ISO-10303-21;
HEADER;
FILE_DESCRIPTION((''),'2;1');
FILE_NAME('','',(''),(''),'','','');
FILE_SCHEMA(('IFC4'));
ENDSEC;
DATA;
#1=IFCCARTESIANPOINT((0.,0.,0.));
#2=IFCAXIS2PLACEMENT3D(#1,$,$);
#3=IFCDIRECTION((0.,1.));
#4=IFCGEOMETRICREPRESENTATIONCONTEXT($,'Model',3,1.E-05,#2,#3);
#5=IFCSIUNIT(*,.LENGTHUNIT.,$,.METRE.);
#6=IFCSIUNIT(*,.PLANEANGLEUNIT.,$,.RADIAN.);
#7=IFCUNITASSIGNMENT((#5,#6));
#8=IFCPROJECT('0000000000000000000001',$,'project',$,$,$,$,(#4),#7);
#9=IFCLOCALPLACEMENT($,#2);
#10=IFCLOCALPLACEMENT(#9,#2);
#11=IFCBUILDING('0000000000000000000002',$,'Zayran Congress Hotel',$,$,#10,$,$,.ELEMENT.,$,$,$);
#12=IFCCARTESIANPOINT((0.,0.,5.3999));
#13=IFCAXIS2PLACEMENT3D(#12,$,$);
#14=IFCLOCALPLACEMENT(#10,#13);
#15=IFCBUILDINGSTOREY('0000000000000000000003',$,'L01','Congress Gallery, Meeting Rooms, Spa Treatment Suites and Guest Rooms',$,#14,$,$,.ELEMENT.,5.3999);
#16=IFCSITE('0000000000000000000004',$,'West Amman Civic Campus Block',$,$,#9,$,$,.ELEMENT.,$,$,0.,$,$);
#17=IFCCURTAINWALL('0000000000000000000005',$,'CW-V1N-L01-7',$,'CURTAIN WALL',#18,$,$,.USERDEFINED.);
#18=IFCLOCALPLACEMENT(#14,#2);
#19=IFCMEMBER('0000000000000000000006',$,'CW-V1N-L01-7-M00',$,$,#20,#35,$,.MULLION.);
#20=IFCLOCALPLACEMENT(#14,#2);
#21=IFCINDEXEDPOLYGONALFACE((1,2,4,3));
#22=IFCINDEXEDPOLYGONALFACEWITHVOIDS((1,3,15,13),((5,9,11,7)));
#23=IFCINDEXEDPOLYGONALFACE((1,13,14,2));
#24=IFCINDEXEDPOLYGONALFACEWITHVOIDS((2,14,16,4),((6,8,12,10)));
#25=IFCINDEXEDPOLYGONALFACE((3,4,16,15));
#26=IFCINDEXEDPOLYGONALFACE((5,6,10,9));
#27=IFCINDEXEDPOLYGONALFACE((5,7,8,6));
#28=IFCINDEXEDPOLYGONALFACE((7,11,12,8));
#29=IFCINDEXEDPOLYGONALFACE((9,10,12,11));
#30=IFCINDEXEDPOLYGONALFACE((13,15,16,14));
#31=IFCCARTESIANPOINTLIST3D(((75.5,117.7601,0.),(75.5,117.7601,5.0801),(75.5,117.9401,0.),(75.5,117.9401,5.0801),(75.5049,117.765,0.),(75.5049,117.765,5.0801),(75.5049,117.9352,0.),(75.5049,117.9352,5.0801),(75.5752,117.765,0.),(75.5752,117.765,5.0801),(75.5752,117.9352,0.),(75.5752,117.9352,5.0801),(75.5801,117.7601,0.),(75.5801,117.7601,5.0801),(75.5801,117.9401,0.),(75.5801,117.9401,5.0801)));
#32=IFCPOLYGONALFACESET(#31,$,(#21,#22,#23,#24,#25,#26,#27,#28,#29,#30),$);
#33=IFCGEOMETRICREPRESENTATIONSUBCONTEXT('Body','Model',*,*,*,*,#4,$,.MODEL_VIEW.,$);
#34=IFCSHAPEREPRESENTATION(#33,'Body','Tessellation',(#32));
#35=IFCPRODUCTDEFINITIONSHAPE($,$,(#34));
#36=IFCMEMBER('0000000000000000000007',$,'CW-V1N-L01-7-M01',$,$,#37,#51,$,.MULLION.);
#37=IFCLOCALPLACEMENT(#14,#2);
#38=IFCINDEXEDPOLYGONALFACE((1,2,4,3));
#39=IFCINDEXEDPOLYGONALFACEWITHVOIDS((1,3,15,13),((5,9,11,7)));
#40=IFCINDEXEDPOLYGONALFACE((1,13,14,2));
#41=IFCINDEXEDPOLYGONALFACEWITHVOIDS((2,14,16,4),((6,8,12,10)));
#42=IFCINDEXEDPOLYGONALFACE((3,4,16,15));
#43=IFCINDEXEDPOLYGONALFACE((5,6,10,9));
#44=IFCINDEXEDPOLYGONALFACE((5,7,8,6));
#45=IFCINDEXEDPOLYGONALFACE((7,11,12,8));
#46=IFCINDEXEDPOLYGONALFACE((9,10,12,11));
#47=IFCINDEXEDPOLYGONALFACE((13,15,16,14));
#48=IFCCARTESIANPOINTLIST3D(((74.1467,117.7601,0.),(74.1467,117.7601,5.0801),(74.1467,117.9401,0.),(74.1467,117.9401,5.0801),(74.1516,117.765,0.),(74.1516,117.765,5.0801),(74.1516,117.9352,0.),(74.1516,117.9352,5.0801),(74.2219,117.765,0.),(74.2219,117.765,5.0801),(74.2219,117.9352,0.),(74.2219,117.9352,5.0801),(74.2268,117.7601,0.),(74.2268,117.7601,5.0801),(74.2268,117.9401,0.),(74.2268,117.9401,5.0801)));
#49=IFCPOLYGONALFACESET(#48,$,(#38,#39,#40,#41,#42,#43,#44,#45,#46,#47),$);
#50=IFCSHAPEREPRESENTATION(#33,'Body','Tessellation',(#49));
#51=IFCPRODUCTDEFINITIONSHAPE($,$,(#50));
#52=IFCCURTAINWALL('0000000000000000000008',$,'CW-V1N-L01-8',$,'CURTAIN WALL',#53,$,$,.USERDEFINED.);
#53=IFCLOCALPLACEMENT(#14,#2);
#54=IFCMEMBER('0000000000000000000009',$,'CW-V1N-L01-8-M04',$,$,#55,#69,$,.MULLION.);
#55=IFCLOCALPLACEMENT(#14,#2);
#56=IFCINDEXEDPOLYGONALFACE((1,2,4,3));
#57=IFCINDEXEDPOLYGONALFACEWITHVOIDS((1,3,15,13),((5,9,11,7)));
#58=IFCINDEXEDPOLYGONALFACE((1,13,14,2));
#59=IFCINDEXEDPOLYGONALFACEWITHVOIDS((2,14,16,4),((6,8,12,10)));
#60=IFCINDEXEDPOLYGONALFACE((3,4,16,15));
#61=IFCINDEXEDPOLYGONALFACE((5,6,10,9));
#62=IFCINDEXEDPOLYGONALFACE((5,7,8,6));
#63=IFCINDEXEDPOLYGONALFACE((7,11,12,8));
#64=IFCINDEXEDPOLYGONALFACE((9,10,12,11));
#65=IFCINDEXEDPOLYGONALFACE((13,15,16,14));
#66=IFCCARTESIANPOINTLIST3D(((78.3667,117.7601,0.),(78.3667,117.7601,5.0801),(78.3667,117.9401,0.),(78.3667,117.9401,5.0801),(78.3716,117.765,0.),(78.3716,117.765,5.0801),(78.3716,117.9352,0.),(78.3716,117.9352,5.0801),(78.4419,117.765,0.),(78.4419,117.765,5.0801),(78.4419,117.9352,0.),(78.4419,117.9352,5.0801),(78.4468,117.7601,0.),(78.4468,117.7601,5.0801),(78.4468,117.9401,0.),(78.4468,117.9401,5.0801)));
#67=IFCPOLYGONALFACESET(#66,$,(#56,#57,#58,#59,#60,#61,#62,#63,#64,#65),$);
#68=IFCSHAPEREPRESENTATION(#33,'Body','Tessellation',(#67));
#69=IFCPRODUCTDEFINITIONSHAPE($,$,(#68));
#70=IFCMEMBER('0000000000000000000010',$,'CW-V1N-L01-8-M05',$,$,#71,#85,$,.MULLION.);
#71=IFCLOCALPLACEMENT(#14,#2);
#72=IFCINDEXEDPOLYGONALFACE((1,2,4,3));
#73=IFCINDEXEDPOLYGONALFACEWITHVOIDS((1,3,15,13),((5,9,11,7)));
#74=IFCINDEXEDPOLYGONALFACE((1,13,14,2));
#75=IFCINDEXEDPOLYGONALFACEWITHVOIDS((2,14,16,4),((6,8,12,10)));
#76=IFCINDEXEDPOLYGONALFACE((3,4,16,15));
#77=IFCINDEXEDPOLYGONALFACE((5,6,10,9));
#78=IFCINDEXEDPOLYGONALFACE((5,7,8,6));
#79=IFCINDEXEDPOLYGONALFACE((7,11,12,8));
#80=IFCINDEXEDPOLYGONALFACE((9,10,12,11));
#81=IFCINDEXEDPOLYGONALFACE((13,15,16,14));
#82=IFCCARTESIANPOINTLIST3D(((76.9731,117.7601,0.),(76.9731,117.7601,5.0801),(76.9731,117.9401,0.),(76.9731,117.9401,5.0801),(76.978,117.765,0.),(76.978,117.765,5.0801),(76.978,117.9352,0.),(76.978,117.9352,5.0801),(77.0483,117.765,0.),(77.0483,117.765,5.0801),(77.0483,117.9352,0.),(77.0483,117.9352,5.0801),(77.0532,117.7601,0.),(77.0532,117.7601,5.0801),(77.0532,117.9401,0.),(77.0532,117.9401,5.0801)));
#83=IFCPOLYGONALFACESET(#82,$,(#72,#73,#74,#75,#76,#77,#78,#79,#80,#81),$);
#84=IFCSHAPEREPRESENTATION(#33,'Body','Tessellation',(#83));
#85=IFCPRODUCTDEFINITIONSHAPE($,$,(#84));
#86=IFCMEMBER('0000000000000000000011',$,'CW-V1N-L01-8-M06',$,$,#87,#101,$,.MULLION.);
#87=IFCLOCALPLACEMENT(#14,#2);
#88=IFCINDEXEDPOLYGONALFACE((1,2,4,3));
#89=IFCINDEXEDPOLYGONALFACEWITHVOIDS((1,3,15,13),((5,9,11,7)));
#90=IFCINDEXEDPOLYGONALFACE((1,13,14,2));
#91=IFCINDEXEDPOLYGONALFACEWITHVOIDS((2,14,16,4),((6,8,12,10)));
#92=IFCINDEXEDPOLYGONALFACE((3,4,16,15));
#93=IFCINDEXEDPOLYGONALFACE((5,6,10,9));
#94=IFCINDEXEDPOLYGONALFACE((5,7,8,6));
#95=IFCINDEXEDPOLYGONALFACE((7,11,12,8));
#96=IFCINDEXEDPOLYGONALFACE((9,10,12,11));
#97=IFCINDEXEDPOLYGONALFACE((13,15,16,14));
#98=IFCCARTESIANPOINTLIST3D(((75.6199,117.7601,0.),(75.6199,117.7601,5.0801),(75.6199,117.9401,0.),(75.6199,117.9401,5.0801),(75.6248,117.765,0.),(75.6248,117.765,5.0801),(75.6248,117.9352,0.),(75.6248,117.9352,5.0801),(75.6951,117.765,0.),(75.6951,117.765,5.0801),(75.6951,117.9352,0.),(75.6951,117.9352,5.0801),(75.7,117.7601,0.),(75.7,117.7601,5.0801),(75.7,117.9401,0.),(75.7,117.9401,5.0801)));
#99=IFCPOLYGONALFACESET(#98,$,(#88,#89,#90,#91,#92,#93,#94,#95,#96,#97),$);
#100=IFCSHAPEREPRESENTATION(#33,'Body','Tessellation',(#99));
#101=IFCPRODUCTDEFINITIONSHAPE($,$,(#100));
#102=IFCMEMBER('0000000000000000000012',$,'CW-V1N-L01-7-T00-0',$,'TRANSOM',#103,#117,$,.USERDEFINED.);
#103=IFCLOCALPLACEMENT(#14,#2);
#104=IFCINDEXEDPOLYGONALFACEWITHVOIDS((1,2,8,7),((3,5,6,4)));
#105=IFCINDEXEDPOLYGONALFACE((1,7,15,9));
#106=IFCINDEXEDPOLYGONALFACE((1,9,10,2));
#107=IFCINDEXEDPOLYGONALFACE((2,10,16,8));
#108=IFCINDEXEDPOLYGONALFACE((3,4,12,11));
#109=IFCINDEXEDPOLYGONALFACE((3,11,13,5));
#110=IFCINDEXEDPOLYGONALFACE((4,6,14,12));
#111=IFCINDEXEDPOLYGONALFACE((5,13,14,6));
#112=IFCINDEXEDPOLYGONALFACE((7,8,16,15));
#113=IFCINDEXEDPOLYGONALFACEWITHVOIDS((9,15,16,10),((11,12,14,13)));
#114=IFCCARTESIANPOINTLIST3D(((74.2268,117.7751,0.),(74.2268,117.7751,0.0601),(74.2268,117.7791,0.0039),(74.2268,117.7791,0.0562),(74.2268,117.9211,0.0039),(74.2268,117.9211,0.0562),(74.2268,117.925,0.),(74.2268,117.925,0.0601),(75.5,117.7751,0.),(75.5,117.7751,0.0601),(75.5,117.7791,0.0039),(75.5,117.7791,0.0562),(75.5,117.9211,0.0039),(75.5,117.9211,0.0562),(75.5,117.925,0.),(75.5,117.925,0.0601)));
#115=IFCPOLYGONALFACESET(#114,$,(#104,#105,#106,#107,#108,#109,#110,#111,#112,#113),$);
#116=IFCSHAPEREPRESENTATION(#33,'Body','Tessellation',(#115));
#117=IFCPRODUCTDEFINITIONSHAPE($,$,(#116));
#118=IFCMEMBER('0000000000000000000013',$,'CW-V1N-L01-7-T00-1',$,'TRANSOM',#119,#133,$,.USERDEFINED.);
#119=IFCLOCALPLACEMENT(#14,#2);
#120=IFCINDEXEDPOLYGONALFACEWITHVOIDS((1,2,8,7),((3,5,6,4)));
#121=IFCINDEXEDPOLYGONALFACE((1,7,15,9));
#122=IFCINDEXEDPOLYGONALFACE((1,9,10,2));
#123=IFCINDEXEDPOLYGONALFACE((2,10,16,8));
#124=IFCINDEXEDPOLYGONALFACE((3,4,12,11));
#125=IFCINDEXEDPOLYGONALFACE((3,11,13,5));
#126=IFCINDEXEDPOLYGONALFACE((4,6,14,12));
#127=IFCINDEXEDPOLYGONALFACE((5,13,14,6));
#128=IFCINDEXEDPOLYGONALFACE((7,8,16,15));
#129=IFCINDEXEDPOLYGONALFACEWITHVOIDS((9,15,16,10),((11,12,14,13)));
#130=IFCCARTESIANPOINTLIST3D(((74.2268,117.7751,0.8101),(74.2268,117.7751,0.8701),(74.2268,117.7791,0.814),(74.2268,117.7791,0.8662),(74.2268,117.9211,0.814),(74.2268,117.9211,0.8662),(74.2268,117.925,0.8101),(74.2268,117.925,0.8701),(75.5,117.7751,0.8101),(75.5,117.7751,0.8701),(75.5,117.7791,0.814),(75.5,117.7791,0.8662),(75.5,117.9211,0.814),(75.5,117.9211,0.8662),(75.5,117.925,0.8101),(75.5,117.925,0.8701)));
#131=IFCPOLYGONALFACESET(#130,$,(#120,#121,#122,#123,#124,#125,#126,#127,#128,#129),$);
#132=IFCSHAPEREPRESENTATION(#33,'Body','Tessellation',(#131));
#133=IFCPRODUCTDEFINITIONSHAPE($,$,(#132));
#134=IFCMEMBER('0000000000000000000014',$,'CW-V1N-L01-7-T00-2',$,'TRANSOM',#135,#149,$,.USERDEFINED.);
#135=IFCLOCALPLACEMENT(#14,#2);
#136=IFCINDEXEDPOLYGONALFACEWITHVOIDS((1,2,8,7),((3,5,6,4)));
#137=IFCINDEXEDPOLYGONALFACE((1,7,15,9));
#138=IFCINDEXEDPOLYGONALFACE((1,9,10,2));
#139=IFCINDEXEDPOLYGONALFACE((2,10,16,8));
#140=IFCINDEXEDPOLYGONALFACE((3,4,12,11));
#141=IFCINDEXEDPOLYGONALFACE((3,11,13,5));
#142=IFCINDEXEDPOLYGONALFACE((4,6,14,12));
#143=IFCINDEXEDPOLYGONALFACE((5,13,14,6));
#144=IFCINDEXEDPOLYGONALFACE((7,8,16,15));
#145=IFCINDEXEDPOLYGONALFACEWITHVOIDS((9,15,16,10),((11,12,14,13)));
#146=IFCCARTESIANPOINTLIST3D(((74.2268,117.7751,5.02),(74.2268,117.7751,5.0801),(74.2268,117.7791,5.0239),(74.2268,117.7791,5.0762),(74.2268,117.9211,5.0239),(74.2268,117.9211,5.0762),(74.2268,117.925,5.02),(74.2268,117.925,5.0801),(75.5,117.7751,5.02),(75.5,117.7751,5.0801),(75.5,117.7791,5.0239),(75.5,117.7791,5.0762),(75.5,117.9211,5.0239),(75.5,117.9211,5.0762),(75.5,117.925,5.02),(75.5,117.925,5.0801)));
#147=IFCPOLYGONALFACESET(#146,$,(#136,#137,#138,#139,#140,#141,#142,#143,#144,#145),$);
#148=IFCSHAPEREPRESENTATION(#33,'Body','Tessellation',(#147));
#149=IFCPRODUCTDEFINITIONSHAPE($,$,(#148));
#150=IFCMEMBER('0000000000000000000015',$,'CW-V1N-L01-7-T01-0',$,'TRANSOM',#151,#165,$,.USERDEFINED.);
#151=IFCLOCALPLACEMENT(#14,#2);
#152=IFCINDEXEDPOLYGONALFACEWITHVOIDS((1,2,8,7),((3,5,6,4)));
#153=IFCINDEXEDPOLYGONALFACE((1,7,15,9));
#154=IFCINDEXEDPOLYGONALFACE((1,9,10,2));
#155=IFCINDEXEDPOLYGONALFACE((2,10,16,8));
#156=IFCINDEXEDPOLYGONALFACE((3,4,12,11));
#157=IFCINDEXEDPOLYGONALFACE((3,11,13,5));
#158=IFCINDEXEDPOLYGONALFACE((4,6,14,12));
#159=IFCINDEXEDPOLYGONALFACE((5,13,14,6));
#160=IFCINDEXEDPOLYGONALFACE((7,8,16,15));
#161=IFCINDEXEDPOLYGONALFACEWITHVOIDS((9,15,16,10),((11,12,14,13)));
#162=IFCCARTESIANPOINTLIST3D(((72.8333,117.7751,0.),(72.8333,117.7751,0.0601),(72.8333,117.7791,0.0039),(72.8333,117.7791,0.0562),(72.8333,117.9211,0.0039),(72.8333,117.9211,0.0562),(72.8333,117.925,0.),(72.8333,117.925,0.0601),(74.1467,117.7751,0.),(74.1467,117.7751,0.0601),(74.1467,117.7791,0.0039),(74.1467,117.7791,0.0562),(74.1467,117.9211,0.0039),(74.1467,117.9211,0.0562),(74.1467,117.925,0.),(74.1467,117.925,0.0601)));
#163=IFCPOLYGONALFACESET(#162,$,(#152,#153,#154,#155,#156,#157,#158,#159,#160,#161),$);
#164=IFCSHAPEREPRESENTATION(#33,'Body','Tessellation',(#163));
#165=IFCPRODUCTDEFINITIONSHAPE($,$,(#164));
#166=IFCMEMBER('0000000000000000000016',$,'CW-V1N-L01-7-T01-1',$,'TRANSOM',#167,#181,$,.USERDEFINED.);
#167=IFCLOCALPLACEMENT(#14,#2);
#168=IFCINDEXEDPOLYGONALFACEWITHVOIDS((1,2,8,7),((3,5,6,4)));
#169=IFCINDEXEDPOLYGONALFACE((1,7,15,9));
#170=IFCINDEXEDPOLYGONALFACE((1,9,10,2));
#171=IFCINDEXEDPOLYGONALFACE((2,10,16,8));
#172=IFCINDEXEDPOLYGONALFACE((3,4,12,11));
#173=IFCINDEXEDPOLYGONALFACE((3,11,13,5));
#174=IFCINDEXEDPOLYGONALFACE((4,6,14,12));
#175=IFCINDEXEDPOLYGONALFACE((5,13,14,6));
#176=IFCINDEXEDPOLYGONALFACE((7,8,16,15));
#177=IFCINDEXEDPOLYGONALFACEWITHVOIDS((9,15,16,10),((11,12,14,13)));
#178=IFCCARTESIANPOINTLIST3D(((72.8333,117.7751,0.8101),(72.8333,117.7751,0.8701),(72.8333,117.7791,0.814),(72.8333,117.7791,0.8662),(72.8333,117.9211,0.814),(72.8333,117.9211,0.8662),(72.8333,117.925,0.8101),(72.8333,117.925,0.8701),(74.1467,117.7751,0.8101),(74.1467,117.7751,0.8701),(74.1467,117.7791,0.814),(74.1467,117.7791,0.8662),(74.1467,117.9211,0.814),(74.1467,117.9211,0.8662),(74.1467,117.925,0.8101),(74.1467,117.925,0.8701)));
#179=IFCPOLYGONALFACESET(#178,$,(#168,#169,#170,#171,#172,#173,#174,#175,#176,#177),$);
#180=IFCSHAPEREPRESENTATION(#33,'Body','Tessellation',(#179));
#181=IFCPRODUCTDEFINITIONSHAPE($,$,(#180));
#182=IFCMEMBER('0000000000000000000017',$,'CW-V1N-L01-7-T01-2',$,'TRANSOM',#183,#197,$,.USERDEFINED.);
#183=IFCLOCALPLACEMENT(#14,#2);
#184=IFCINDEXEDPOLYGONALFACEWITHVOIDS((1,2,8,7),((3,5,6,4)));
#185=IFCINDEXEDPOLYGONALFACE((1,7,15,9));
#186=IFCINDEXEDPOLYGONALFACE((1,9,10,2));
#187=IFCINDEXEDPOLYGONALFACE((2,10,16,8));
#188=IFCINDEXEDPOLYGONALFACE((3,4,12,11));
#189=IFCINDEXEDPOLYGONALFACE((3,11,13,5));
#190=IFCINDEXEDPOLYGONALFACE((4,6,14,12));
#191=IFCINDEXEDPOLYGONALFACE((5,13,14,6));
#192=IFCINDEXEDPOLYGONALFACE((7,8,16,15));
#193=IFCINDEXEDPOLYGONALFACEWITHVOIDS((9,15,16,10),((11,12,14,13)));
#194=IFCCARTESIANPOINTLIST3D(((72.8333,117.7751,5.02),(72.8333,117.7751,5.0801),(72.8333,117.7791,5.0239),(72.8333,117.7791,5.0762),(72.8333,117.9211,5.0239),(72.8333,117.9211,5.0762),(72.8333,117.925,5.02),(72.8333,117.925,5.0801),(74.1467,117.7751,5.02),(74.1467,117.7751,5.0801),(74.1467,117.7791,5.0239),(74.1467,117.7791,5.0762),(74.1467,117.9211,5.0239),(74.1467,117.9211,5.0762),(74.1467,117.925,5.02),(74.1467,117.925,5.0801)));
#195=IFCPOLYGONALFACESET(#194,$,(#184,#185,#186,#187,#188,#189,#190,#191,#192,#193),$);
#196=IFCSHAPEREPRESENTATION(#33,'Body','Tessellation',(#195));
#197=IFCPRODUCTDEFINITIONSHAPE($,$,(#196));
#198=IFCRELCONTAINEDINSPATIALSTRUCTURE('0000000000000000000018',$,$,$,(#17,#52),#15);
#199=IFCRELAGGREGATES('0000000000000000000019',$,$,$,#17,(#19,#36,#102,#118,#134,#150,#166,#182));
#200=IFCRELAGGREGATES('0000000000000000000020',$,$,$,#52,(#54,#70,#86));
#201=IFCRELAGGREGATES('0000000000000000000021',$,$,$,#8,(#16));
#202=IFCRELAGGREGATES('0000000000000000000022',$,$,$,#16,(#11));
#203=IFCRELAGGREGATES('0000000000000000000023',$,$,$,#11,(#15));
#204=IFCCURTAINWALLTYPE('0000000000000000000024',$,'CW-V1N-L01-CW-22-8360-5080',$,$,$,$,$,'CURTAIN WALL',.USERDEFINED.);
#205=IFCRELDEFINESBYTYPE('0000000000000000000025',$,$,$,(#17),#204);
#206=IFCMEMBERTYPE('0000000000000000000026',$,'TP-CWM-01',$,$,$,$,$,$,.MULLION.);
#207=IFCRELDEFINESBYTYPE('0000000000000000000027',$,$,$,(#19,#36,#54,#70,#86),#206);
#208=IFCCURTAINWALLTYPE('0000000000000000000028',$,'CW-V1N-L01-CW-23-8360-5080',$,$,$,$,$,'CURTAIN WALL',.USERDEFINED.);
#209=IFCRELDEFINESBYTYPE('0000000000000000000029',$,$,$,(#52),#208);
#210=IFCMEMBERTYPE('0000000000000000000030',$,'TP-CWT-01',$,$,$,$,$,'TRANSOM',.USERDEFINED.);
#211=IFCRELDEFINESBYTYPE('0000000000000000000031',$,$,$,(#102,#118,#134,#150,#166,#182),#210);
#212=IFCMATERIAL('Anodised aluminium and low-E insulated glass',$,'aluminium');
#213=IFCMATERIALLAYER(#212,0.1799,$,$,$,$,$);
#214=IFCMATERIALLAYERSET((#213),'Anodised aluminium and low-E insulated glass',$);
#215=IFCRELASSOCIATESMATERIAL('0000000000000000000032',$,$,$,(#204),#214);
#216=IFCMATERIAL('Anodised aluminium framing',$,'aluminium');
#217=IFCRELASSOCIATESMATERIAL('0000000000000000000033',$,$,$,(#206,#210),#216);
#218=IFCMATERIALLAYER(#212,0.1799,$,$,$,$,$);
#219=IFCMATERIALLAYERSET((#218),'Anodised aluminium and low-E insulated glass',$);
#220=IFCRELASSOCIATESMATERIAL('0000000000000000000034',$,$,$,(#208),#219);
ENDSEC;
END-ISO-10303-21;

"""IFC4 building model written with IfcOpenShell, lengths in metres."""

from ifc_helpers import new_model, si_unit, direction, frame, origin, origin_2d, place, context, subcontext, project, spatial, hollow_rectangle, extrude, material, layer, layer_set, material_profile, profile_set, type_object, element, aggregate, save


model = new_model("IFC4")

# Units and contexts
model_context = context("Model", 3, precision=1e-05, world=origin(), true_north=direction((0.0, 1.0)))
body_context = subcontext(model_context, "Body", "Model", "MODEL_VIEW")
ifc_project = project(units=[si_unit("LENGTHUNIT", "METRE"), si_unit("PLANEANGLEUNIT", "RADIAN")], contexts=[model_context])

# Site, building, storey
site_placement = place(None, origin())
site = spatial("IfcSite", under=ifc_project, at=site_placement, Name="West Amman Civic Campus Block", CompositionType="ELEMENT", RefElevation=0.0)
building_placement = place(site_placement, origin())
building = spatial("IfcBuilding", under=site, at=building_placement, Name="Zayran Congress Hotel", CompositionType="ELEMENT")
storey_placement = place(building_placement, frame((0.0, 0.0, 5.3999)))
storey = spatial("IfcBuildingStorey", under=building, at=storey_placement, Name="L01", Description="Congress Gallery, Meeting Rooms, Spa Treatment Suites and Guest Rooms", CompositionType="ELEMENT", Elevation=5.3999)

# Curtain walls, members
ifc_material_1 = material(Name="Anodised aluminium and low-E insulated glass", Category="aluminium")
ifc_layer_1 = layer(ifc_material_1, 0.1799)
ifc_layer_set_1 = layer_set([ifc_layer_1], Name="Anodised aluminium and low-E insulated glass")
curtain_wall_type_1 = type_object("IfcCurtainWallType", Name="CW-V1N-L01-CW-22-8360-5080", ElementType="CURTAIN WALL", PredefinedType="USERDEFINED", material=ifc_layer_set_1)
curtain_wall_1_placement = place(storey_placement, origin())
curtain_wall_1 = element("IfcCurtainWall", 1, at=curtain_wall_1_placement, inside=storey, type_object=curtain_wall_type_1, Name="CW-V1N-L01-7", ObjectType="CURTAIN WALL", PredefinedType="USERDEFINED")
ifc_material_2 = material(Name="Anodised aluminium framing", Category="aluminium")
ifc_material_profile_1 = material_profile(ifc_material_2, hollow_rectangle(XDim=0.0801, YDim=0.1799, WallThickness=0.0049, at=origin_2d()), Name="RHS 180x80x5")
ifc_profile_set_1 = profile_set([ifc_material_profile_1], Name="Anodised aluminium framing")
member_type_1 = type_object("IfcMemberType", Name="TP-CWM-01", PredefinedType="MULLION", material=ifc_profile_set_1)
member_1_placement = place(storey_placement, frame((75.54, 117.8501, 0.0), z_axis=(0.0, 0.0, 1.0), x_axis=(1.0, 0.0, 0.0)))
member_1 = element("IfcMember", 2, at=member_1_placement, type_object=member_type_1, Name="CW-V1N-L01-7-M00", PredefinedType="MULLION", context=body_context, shape_type="SweptSolid", body=[
    extrude(hollow_rectangle(XDim=0.0801, YDim=0.1799, WallThickness=0.0049, at=origin_2d()), origin(), (0.0, 0.0, 1.0), 5.0801),
])
member_2_placement = place(storey_placement, frame((74.1868, 117.8501, 0.0), z_axis=(0.0, 0.0, 1.0), x_axis=(1.0, 0.0, 0.0)))
member_2 = element("IfcMember", 3, at=member_2_placement, type_object=member_type_1, Name="CW-V1N-L01-7-M01", PredefinedType="MULLION", context=body_context, shape_type="SweptSolid", body=[
    extrude(hollow_rectangle(XDim=0.0801, YDim=0.1799, WallThickness=0.0049, at=origin_2d()), origin(), (0.0, 0.0, 1.0), 5.0801),
])
ifc_layer_2 = layer(ifc_material_1, 0.1799)
ifc_layer_set_2 = layer_set([ifc_layer_2], Name="Anodised aluminium and low-E insulated glass")
curtain_wall_type_2 = type_object("IfcCurtainWallType", Name="CW-V1N-L01-CW-23-8360-5080", ElementType="CURTAIN WALL", PredefinedType="USERDEFINED", material=ifc_layer_set_2)
curtain_wall_2_placement = place(storey_placement, origin())
curtain_wall_2 = element("IfcCurtainWall", 4, at=curtain_wall_2_placement, inside=storey, type_object=curtain_wall_type_2, Name="CW-V1N-L01-8", ObjectType="CURTAIN WALL", PredefinedType="USERDEFINED")
member_3_placement = place(storey_placement, frame((78.4067, 117.8501, 0.0), z_axis=(0.0, 0.0, 1.0), x_axis=(1.0, 0.0, 0.0)))
member_3 = element("IfcMember", 5, at=member_3_placement, type_object=member_type_1, Name="CW-V1N-L01-8-M04", PredefinedType="MULLION", context=body_context, shape_type="SweptSolid", body=[
    extrude(hollow_rectangle(XDim=0.0801, YDim=0.1799, WallThickness=0.0049, at=origin_2d()), origin(), (0.0, 0.0, 1.0), 5.0801),
])
member_4_placement = place(storey_placement, frame((77.0132, 117.8501, 0.0), z_axis=(0.0, 0.0, 1.0), x_axis=(1.0, 0.0, 0.0)))
member_4 = element("IfcMember", 6, at=member_4_placement, type_object=member_type_1, Name="CW-V1N-L01-8-M05", PredefinedType="MULLION", context=body_context, shape_type="SweptSolid", body=[
    extrude(hollow_rectangle(XDim=0.0801, YDim=0.1799, WallThickness=0.0049, at=origin_2d()), origin(), (0.0, 0.0, 1.0), 5.0801),
])
member_5_placement = place(storey_placement, frame((75.6599, 117.8501, 0.0), z_axis=(0.0, 0.0, 1.0), x_axis=(1.0, 0.0, 0.0)))
member_5 = element("IfcMember", 7, at=member_5_placement, type_object=member_type_1, Name="CW-V1N-L01-8-M06", PredefinedType="MULLION", context=body_context, shape_type="SweptSolid", body=[
    extrude(hollow_rectangle(XDim=0.0801, YDim=0.1799, WallThickness=0.0049, at=origin_2d()), origin(), (0.0, 0.0, 1.0), 5.0801),
])

# Members
ifc_material_profile_2 = material_profile(ifc_material_2, hollow_rectangle(XDim=0.0601, YDim=0.1499, WallThickness=0.0039, at=origin_2d()), Name="RHS 150x60x4")
ifc_profile_set_2 = profile_set([ifc_material_profile_2], Name="Anodised aluminium framing")
member_type_2 = type_object("IfcMemberType", Name="TP-CWT-01", ElementType="TRANSOM", PredefinedType="USERDEFINED", material=ifc_profile_set_2)
member_6_placement = place(storey_placement, frame((75.5, 117.8501, 0.03), z_axis=(-1.0, 0.0, 0.0), x_axis=(0.0, 0.0, 1.0)))
member_6 = element("IfcMember", 8, at=member_6_placement, type_object=member_type_2, Name="CW-V1N-L01-7-T00-0", ObjectType="TRANSOM", PredefinedType="USERDEFINED", context=body_context, shape_type="SweptSolid", body=[
    extrude(hollow_rectangle(XDim=0.0601, YDim=0.1499, WallThickness=0.0039, at=origin_2d()), origin(), (0.0, 0.0, 1.0), 1.2732),
])
member_7_placement = place(storey_placement, frame((75.5, 117.8501, 0.8401), z_axis=(-1.0, 0.0, 0.0), x_axis=(0.0, 0.0, 1.0)))
member_7 = element("IfcMember", 9, at=member_7_placement, type_object=member_type_2, Name="CW-V1N-L01-7-T00-1", ObjectType="TRANSOM", PredefinedType="USERDEFINED", context=body_context, shape_type="SweptSolid", body=[
    extrude(hollow_rectangle(XDim=0.0601, YDim=0.1499, WallThickness=0.0039, at=origin_2d()), origin(), (0.0, 0.0, 1.0), 1.2732),
])
member_8_placement = place(storey_placement, frame((75.5, 117.8501, 5.05), z_axis=(-1.0, 0.0, 0.0), x_axis=(0.0, 0.0, 1.0)))
member_8 = element("IfcMember", 10, at=member_8_placement, type_object=member_type_2, Name="CW-V1N-L01-7-T00-2", ObjectType="TRANSOM", PredefinedType="USERDEFINED", context=body_context, shape_type="SweptSolid", body=[
    extrude(hollow_rectangle(XDim=0.0601, YDim=0.1499, WallThickness=0.0039, at=origin_2d()), origin(), (0.0, 0.0, 1.0), 1.2732),
])
member_9_placement = place(storey_placement, frame((74.1467, 117.8501, 0.03), z_axis=(-1.0, 0.0, 0.0), x_axis=(0.0, 0.0, 1.0)))
member_9 = element("IfcMember", 11, at=member_9_placement, type_object=member_type_2, Name="CW-V1N-L01-7-T01-0", ObjectType="TRANSOM", PredefinedType="USERDEFINED", context=body_context, shape_type="SweptSolid", body=[
    extrude(hollow_rectangle(XDim=0.0601, YDim=0.1499, WallThickness=0.0039, at=origin_2d()), origin(), (0.0, 0.0, 1.0), 1.3135),
])
member_10_placement = place(storey_placement, frame((74.1467, 117.8501, 0.8401), z_axis=(-1.0, 0.0, 0.0), x_axis=(0.0, 0.0, 1.0)))
member_10 = element("IfcMember", 12, at=member_10_placement, type_object=member_type_2, Name="CW-V1N-L01-7-T01-1", ObjectType="TRANSOM", PredefinedType="USERDEFINED", context=body_context, shape_type="SweptSolid", body=[
    extrude(hollow_rectangle(XDim=0.0601, YDim=0.1499, WallThickness=0.0039, at=origin_2d()), origin(), (0.0, 0.0, 1.0), 1.3135),
])
member_11_placement = place(storey_placement, frame((74.1467, 117.8501, 5.05), z_axis=(-1.0, 0.0, 0.0), x_axis=(0.0, 0.0, 1.0)))
member_11 = element("IfcMember", 13, at=member_11_placement, type_object=member_type_2, Name="CW-V1N-L01-7-T01-2", ObjectType="TRANSOM", PredefinedType="USERDEFINED", context=body_context, shape_type="SweptSolid", body=[
    extrude(hollow_rectangle(XDim=0.0601, YDim=0.1499, WallThickness=0.0039, at=origin_2d()), origin(), (0.0, 0.0, 1.0), 1.3135),
])

aggregate(curtain_wall_1, [member_1, member_2, member_6, member_7, member_8, member_9, member_10, member_11])
aggregate(curtain_wall_2, [member_3, member_4, member_5])

save(model, "model.ifc")
